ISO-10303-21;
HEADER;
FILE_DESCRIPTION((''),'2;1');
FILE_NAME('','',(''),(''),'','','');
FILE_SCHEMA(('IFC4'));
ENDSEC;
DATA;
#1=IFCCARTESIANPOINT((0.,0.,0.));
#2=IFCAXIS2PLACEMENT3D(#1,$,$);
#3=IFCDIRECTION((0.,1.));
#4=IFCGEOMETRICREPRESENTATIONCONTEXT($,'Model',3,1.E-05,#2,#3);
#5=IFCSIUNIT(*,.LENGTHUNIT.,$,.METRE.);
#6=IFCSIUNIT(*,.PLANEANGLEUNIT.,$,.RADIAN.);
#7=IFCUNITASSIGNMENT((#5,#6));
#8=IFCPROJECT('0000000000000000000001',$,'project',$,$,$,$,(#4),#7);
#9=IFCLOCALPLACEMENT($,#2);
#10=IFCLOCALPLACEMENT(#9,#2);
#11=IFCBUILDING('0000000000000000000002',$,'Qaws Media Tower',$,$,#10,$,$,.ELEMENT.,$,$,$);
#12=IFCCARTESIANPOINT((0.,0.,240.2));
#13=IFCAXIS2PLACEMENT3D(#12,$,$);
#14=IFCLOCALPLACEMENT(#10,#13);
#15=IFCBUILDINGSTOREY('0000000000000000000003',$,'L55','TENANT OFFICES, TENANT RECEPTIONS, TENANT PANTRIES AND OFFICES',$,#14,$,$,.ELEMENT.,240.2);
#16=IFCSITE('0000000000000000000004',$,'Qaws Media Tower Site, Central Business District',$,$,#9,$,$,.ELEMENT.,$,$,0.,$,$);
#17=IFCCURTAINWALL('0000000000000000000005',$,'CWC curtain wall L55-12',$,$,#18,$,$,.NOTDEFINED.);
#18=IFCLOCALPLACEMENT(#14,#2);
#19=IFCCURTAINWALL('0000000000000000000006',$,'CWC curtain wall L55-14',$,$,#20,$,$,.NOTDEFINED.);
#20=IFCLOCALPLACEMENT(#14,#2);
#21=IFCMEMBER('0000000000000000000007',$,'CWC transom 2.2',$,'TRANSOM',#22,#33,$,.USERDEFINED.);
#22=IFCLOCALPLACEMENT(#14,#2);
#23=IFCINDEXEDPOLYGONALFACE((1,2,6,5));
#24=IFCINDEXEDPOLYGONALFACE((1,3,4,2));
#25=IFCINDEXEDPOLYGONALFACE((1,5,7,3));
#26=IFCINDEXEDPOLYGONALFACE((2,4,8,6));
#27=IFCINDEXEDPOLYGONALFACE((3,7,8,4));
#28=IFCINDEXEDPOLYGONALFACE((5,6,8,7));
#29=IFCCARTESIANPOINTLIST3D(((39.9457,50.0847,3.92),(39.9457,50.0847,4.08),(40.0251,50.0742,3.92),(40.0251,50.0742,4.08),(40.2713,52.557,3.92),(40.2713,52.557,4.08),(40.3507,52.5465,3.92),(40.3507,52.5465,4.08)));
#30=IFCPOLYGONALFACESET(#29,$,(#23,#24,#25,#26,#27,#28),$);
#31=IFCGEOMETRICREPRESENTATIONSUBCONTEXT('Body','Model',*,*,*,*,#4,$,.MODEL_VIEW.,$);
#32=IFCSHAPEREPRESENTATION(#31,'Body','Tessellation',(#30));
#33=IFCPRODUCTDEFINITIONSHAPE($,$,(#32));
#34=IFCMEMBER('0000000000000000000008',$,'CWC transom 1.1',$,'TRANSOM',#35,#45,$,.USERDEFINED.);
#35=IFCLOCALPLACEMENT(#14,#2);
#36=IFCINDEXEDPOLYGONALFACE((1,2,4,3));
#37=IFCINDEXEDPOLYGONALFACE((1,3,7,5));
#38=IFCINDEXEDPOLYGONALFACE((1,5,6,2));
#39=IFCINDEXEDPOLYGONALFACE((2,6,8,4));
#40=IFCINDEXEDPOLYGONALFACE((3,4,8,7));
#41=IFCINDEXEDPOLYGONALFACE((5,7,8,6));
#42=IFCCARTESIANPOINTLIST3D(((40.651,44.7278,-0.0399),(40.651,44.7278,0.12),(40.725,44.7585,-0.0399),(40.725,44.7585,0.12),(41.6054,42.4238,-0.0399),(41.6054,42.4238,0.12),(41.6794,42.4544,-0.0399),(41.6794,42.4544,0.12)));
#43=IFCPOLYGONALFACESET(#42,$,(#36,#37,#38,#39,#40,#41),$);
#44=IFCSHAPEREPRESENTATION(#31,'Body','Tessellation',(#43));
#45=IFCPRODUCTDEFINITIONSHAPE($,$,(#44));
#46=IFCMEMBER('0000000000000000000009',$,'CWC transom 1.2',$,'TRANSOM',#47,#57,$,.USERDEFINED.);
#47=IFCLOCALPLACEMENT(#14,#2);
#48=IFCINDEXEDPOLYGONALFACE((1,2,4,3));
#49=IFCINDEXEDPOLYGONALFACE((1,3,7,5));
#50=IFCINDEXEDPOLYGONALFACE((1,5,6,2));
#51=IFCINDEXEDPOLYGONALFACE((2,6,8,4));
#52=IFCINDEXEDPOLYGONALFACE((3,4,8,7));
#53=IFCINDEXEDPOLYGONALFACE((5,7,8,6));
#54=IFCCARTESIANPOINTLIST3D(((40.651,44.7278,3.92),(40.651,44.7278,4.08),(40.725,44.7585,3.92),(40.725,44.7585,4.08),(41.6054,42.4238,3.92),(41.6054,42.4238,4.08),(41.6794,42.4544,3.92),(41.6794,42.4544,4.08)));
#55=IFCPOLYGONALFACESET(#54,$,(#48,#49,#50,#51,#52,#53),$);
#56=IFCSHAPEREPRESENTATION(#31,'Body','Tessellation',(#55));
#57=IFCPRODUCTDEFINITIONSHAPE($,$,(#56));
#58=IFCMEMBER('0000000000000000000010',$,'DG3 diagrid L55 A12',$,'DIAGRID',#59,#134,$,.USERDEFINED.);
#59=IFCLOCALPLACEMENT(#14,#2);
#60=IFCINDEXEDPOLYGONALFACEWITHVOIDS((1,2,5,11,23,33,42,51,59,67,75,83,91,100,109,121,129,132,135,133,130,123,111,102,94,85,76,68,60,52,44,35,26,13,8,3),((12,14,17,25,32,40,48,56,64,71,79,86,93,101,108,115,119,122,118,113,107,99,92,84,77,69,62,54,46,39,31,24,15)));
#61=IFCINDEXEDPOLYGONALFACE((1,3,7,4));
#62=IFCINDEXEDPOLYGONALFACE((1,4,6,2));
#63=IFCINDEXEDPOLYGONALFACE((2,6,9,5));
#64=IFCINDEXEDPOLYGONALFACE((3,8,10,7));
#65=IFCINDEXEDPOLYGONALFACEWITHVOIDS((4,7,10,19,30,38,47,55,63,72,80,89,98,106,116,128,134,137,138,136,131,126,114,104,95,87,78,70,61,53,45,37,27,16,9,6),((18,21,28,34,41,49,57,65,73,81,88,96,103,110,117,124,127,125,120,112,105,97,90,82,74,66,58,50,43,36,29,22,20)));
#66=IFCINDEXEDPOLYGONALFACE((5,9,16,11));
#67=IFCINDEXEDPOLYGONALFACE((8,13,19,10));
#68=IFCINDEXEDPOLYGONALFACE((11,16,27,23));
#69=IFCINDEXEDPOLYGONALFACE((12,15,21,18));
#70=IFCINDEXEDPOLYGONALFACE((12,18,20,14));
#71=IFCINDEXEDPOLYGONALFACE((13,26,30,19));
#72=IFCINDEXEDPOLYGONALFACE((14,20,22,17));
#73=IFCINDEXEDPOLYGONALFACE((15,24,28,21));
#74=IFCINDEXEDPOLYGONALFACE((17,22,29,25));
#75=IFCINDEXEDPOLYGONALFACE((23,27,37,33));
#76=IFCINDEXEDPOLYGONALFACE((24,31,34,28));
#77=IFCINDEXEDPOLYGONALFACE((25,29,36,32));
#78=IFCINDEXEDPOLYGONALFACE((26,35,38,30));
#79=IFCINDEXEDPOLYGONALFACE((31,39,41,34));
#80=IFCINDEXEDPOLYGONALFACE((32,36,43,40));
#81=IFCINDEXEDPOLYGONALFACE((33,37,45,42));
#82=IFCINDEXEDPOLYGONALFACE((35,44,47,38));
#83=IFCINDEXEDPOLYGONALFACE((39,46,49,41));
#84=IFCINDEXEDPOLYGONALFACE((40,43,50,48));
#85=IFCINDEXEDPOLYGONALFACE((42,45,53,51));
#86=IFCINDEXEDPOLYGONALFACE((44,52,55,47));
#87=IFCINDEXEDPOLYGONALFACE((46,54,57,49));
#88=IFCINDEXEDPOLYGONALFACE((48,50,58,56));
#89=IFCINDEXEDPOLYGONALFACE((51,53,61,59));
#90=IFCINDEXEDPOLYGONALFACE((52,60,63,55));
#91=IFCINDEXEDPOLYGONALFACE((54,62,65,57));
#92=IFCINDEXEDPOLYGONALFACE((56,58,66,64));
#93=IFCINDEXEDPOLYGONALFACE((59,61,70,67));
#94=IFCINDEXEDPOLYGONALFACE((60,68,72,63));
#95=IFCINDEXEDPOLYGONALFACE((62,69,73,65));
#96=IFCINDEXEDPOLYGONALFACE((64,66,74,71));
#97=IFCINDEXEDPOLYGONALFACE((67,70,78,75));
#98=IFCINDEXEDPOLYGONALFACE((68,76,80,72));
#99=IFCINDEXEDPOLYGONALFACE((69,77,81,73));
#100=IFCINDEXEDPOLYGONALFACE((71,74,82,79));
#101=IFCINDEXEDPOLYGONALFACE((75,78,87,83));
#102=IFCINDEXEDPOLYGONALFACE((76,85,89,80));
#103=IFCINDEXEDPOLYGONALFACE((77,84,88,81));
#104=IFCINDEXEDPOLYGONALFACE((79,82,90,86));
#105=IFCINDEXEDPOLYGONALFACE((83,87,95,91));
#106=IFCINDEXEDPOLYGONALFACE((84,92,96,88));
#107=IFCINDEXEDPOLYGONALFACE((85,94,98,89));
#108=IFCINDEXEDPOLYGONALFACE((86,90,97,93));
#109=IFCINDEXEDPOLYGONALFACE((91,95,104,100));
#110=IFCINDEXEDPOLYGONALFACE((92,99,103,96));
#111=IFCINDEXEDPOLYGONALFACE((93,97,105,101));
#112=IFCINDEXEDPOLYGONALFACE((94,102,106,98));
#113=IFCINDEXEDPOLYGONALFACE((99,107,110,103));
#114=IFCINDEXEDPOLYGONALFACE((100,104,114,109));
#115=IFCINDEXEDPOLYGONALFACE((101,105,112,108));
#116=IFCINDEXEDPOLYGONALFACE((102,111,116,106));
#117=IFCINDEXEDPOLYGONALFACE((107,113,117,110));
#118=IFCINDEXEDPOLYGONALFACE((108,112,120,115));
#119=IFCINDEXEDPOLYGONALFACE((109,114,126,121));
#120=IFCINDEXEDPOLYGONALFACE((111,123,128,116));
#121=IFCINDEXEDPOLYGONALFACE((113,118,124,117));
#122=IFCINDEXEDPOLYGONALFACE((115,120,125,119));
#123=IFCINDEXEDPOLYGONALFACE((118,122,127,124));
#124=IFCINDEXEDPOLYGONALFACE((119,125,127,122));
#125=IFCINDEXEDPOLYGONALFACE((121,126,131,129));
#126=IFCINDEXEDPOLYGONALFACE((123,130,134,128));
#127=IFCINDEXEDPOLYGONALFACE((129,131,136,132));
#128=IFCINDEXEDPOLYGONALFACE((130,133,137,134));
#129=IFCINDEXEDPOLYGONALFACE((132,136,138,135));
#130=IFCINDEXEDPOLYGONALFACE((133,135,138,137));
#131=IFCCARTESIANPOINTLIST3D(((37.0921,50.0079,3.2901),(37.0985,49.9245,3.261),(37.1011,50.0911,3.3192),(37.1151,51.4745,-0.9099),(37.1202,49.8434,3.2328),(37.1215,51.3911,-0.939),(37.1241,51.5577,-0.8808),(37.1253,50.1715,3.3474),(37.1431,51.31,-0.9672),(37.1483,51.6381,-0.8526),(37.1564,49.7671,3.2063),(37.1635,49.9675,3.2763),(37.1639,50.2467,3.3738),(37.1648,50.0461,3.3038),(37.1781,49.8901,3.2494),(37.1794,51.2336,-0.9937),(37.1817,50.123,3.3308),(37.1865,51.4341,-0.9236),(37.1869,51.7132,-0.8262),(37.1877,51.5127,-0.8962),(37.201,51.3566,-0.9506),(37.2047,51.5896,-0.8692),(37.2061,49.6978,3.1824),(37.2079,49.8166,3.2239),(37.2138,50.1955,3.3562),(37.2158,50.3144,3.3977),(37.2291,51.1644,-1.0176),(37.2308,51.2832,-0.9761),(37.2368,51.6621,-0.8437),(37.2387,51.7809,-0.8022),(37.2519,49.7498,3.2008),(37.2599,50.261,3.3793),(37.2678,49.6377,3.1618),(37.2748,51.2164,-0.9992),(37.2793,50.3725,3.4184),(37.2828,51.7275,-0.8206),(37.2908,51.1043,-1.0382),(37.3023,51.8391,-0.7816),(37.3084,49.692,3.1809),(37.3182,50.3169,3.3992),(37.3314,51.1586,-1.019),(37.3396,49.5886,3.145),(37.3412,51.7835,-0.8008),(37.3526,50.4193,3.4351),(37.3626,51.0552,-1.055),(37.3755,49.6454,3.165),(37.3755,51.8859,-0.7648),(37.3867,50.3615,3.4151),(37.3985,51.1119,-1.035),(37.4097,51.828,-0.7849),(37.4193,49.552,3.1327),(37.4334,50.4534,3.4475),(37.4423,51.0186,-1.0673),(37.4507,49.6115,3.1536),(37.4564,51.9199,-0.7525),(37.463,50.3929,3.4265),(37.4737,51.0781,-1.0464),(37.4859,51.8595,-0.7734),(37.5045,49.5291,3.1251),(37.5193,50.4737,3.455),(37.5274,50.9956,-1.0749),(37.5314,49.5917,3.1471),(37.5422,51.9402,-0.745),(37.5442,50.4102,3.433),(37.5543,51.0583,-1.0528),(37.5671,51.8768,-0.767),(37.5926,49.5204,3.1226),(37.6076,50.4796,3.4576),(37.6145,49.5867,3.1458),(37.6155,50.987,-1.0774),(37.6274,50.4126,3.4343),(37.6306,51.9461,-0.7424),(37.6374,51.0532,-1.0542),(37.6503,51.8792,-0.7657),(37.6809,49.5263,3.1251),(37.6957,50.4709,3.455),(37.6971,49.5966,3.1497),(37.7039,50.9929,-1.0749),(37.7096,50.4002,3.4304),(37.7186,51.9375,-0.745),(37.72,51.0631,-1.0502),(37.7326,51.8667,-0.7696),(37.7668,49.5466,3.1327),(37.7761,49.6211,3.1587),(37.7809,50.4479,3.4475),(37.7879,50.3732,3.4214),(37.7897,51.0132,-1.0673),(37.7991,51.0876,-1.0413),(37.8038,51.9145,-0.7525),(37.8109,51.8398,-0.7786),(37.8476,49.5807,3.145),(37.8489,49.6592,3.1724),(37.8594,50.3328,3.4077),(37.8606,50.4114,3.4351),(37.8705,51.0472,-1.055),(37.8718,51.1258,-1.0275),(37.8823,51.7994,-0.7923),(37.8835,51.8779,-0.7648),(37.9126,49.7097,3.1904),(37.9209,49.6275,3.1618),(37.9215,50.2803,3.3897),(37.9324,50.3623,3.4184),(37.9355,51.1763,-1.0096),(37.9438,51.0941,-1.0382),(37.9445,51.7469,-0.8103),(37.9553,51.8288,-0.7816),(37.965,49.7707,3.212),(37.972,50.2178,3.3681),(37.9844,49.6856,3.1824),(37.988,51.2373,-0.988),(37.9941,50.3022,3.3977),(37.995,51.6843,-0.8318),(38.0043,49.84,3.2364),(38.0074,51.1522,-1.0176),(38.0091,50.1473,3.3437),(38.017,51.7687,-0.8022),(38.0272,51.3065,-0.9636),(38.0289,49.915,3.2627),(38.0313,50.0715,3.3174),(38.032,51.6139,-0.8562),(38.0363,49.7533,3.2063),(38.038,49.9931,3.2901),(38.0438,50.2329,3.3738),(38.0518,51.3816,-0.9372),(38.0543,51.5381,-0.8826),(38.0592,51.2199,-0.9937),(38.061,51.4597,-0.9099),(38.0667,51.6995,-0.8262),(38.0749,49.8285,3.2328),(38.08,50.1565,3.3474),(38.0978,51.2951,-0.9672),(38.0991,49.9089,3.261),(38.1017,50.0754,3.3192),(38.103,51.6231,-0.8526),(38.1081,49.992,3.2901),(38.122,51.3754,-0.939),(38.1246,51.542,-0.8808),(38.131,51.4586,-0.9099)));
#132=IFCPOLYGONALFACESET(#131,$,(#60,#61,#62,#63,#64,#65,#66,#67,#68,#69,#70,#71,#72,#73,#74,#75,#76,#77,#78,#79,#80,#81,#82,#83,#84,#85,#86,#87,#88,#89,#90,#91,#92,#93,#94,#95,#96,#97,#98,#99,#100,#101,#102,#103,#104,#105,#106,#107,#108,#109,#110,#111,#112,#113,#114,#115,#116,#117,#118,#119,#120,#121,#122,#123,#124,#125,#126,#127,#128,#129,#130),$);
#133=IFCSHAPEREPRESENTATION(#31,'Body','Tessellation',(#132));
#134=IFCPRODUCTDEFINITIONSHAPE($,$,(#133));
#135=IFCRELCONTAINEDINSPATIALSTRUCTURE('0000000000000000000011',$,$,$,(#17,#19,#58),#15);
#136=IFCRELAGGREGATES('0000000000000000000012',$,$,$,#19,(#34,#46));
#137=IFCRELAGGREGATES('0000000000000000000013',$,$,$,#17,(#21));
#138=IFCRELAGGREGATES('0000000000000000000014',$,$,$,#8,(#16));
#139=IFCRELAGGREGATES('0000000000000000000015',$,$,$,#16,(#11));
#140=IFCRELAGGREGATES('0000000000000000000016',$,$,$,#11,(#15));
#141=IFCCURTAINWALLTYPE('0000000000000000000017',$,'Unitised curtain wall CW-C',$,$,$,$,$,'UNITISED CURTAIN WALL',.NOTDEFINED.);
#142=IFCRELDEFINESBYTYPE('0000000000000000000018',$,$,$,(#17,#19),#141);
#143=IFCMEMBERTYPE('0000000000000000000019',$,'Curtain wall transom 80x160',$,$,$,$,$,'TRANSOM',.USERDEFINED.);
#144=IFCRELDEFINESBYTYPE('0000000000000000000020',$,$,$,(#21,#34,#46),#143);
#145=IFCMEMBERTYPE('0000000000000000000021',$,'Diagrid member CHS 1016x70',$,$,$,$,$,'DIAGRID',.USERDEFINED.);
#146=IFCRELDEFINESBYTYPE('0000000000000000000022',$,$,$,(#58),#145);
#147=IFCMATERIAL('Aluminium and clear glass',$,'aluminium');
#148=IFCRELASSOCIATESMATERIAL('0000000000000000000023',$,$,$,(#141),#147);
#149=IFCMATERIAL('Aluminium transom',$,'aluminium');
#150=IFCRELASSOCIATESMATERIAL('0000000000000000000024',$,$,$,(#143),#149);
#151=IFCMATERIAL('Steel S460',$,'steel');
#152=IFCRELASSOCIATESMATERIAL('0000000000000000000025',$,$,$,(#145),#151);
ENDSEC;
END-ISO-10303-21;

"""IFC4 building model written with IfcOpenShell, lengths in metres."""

from ifc_helpers import new_model, si_unit, direction, frame, origin, origin_2d, place, context, subcontext, project, spatial, rectangle, hollow_circle, extrude, material, material_profile, profile_set, type_object, element, aggregate, save


model = new_model("IFC4")

# Units and contexts
model_context = context("Model", 3, precision=1e-05, world=origin(), true_north=direction((0.0, 1.0)))
body_context = subcontext(model_context, "Body", "Model", "MODEL_VIEW")
ifc_project = project(units=[si_unit("LENGTHUNIT", "METRE"), si_unit("PLANEANGLEUNIT", "RADIAN")], contexts=[model_context])

# Site, building, storey
site_placement = place(None, origin())
site = spatial("IfcSite", under=ifc_project, at=site_placement, Name="Qaws Media Tower Site, Central Business District", CompositionType="ELEMENT", RefElevation=0.0)
building_placement = place(site_placement, origin())
building = spatial("IfcBuilding", under=site, at=building_placement, Name="Qaws Media Tower", CompositionType="ELEMENT")
storey_placement = place(building_placement, frame((0.0, 0.0, 240.2)))
storey = spatial("IfcBuildingStorey", under=building, at=storey_placement, Name="L55", Description="TENANT OFFICES, TENANT RECEPTIONS, TENANT PANTRIES AND OFFICES", CompositionType="ELEMENT", Elevation=240.2)

# Shared definitions
ifc_material_1 = material(Name="Aluminium and clear glass", Category="aluminium")
curtain_wall_type = type_object("IfcCurtainWallType", Name="Unitised curtain wall CW-C", ElementType="UNITISED CURTAIN WALL", PredefinedType="NOTDEFINED", material=ifc_material_1)

# Curtain wall
curtain_wall_1_placement = place(storey_placement, origin())
curtain_wall_1 = element("IfcCurtainWall", 1, at=curtain_wall_1_placement, inside=storey, type_object=curtain_wall_type, Name="CWC curtain wall L55-12", PredefinedType="NOTDEFINED")

# Curtain wall
curtain_wall_2_placement = place(storey_placement, origin())
curtain_wall_2 = element("IfcCurtainWall", 2, at=curtain_wall_2_placement, inside=storey, type_object=curtain_wall_type, Name="CWC curtain wall L55-14", PredefinedType="NOTDEFINED")

# Members
ifc_material_2 = material(Name="Aluminium transom", Category="aluminium")
ifc_material_profile_1 = material_profile(ifc_material_2, rectangle(XDim=0.0801, YDim=0.1599, at=origin_2d()), Name="80x160")
ifc_profile_set_1 = profile_set([ifc_material_profile_1], Name="Aluminium transom")
member_type_1 = type_object("IfcMemberType", Name="Curtain wall transom 80x160", ElementType="TRANSOM", PredefinedType="USERDEFINED", material=ifc_profile_set_1)
member_1_placement = place(storey_placement, frame((40.311, 52.5518, 4.0), z_axis=(-0.130599, -0.991435, 0.0), x_axis=(0.991435, -0.130599, 0.0)))
member_1 = element("IfcMember", 3, at=member_1_placement, type_object=member_type_1, Name="CWC transom 2.2", ObjectType="TRANSOM", PredefinedType="USERDEFINED", context=body_context, shape_type="SweptSolid", body=[
    extrude(rectangle(XDim=0.0801, YDim=0.1599, at=origin_2d()), origin(), (0.0, 0.0, 1.0), 2.4937),
])
member_2_placement = place(storey_placement, frame((40.688, 44.7432, 0.04), z_axis=(0.382689, -0.923877, 0.0), x_axis=(0.923877, 0.382689, 0.0)))
member_2 = element("IfcMember", 4, at=member_2_placement, type_object=member_type_1, Name="CWC transom 1.1", ObjectType="TRANSOM", PredefinedType="USERDEFINED", context=body_context, shape_type="SweptSolid", body=[
    extrude(rectangle(XDim=0.0801, YDim=0.1599, at=origin_2d()), origin(), (0.0, 0.0, 1.0), 2.4939),
])
member_3_placement = place(storey_placement, frame((40.688, 44.7432, 4.0), z_axis=(0.382689, -0.923877, 0.0), x_axis=(0.923877, 0.382689, 0.0)))
member_3 = element("IfcMember", 5, at=member_3_placement, type_object=member_type_1, Name="CWC transom 1.2", ObjectType="TRANSOM", PredefinedType="USERDEFINED", context=body_context, shape_type="SweptSolid", body=[
    extrude(rectangle(XDim=0.0801, YDim=0.1599, at=origin_2d()), origin(), (0.0, 0.0, 1.0), 2.4939),
])
aggregate(curtain_wall_2, [member_2, member_3])

# Member
ifc_material_3 = material(Name="Steel S460", Category="steel")
ifc_material_profile_2 = material_profile(ifc_material_3, hollow_circle(Radius=0.5081, WallThickness=0.0701, at=origin_2d()), Name="CHS 1016x70")
ifc_profile_set_2 = profile_set([ifc_material_profile_2], Name="Steel S460")
member_type_2 = type_object("IfcMemberType", Name="Diagrid member CHS 1016x70", ElementType="DIAGRID", PredefinedType="USERDEFINED", material=ifc_profile_set_2)
for number, where, z_axis, x_axis, name in (
    (6, (37.623, 51.4666, -0.9099), (-0.005159, -0.329659, 0.944086), (0.999878, -0.015646, 0.0), "DG3 diagrid L55 A12"),
):
    element("IfcMember", number, at=place(storey_placement, frame(where, z_axis=z_axis, x_axis=x_axis)), inside=storey, type_object=member_type_2, Name=name, ObjectType="DIAGRID", PredefinedType="USERDEFINED", context=body_context, shape_type="SweptSolid", body=[
        extrude(hollow_circle(Radius=0.5081, WallThickness=0.0701, at=origin_2d()), origin(), (0.0, 0.0, 1.0), 4.4487),
    ])

aggregate(curtain_wall_1, [member_1])

save(model, "model.ifc")
